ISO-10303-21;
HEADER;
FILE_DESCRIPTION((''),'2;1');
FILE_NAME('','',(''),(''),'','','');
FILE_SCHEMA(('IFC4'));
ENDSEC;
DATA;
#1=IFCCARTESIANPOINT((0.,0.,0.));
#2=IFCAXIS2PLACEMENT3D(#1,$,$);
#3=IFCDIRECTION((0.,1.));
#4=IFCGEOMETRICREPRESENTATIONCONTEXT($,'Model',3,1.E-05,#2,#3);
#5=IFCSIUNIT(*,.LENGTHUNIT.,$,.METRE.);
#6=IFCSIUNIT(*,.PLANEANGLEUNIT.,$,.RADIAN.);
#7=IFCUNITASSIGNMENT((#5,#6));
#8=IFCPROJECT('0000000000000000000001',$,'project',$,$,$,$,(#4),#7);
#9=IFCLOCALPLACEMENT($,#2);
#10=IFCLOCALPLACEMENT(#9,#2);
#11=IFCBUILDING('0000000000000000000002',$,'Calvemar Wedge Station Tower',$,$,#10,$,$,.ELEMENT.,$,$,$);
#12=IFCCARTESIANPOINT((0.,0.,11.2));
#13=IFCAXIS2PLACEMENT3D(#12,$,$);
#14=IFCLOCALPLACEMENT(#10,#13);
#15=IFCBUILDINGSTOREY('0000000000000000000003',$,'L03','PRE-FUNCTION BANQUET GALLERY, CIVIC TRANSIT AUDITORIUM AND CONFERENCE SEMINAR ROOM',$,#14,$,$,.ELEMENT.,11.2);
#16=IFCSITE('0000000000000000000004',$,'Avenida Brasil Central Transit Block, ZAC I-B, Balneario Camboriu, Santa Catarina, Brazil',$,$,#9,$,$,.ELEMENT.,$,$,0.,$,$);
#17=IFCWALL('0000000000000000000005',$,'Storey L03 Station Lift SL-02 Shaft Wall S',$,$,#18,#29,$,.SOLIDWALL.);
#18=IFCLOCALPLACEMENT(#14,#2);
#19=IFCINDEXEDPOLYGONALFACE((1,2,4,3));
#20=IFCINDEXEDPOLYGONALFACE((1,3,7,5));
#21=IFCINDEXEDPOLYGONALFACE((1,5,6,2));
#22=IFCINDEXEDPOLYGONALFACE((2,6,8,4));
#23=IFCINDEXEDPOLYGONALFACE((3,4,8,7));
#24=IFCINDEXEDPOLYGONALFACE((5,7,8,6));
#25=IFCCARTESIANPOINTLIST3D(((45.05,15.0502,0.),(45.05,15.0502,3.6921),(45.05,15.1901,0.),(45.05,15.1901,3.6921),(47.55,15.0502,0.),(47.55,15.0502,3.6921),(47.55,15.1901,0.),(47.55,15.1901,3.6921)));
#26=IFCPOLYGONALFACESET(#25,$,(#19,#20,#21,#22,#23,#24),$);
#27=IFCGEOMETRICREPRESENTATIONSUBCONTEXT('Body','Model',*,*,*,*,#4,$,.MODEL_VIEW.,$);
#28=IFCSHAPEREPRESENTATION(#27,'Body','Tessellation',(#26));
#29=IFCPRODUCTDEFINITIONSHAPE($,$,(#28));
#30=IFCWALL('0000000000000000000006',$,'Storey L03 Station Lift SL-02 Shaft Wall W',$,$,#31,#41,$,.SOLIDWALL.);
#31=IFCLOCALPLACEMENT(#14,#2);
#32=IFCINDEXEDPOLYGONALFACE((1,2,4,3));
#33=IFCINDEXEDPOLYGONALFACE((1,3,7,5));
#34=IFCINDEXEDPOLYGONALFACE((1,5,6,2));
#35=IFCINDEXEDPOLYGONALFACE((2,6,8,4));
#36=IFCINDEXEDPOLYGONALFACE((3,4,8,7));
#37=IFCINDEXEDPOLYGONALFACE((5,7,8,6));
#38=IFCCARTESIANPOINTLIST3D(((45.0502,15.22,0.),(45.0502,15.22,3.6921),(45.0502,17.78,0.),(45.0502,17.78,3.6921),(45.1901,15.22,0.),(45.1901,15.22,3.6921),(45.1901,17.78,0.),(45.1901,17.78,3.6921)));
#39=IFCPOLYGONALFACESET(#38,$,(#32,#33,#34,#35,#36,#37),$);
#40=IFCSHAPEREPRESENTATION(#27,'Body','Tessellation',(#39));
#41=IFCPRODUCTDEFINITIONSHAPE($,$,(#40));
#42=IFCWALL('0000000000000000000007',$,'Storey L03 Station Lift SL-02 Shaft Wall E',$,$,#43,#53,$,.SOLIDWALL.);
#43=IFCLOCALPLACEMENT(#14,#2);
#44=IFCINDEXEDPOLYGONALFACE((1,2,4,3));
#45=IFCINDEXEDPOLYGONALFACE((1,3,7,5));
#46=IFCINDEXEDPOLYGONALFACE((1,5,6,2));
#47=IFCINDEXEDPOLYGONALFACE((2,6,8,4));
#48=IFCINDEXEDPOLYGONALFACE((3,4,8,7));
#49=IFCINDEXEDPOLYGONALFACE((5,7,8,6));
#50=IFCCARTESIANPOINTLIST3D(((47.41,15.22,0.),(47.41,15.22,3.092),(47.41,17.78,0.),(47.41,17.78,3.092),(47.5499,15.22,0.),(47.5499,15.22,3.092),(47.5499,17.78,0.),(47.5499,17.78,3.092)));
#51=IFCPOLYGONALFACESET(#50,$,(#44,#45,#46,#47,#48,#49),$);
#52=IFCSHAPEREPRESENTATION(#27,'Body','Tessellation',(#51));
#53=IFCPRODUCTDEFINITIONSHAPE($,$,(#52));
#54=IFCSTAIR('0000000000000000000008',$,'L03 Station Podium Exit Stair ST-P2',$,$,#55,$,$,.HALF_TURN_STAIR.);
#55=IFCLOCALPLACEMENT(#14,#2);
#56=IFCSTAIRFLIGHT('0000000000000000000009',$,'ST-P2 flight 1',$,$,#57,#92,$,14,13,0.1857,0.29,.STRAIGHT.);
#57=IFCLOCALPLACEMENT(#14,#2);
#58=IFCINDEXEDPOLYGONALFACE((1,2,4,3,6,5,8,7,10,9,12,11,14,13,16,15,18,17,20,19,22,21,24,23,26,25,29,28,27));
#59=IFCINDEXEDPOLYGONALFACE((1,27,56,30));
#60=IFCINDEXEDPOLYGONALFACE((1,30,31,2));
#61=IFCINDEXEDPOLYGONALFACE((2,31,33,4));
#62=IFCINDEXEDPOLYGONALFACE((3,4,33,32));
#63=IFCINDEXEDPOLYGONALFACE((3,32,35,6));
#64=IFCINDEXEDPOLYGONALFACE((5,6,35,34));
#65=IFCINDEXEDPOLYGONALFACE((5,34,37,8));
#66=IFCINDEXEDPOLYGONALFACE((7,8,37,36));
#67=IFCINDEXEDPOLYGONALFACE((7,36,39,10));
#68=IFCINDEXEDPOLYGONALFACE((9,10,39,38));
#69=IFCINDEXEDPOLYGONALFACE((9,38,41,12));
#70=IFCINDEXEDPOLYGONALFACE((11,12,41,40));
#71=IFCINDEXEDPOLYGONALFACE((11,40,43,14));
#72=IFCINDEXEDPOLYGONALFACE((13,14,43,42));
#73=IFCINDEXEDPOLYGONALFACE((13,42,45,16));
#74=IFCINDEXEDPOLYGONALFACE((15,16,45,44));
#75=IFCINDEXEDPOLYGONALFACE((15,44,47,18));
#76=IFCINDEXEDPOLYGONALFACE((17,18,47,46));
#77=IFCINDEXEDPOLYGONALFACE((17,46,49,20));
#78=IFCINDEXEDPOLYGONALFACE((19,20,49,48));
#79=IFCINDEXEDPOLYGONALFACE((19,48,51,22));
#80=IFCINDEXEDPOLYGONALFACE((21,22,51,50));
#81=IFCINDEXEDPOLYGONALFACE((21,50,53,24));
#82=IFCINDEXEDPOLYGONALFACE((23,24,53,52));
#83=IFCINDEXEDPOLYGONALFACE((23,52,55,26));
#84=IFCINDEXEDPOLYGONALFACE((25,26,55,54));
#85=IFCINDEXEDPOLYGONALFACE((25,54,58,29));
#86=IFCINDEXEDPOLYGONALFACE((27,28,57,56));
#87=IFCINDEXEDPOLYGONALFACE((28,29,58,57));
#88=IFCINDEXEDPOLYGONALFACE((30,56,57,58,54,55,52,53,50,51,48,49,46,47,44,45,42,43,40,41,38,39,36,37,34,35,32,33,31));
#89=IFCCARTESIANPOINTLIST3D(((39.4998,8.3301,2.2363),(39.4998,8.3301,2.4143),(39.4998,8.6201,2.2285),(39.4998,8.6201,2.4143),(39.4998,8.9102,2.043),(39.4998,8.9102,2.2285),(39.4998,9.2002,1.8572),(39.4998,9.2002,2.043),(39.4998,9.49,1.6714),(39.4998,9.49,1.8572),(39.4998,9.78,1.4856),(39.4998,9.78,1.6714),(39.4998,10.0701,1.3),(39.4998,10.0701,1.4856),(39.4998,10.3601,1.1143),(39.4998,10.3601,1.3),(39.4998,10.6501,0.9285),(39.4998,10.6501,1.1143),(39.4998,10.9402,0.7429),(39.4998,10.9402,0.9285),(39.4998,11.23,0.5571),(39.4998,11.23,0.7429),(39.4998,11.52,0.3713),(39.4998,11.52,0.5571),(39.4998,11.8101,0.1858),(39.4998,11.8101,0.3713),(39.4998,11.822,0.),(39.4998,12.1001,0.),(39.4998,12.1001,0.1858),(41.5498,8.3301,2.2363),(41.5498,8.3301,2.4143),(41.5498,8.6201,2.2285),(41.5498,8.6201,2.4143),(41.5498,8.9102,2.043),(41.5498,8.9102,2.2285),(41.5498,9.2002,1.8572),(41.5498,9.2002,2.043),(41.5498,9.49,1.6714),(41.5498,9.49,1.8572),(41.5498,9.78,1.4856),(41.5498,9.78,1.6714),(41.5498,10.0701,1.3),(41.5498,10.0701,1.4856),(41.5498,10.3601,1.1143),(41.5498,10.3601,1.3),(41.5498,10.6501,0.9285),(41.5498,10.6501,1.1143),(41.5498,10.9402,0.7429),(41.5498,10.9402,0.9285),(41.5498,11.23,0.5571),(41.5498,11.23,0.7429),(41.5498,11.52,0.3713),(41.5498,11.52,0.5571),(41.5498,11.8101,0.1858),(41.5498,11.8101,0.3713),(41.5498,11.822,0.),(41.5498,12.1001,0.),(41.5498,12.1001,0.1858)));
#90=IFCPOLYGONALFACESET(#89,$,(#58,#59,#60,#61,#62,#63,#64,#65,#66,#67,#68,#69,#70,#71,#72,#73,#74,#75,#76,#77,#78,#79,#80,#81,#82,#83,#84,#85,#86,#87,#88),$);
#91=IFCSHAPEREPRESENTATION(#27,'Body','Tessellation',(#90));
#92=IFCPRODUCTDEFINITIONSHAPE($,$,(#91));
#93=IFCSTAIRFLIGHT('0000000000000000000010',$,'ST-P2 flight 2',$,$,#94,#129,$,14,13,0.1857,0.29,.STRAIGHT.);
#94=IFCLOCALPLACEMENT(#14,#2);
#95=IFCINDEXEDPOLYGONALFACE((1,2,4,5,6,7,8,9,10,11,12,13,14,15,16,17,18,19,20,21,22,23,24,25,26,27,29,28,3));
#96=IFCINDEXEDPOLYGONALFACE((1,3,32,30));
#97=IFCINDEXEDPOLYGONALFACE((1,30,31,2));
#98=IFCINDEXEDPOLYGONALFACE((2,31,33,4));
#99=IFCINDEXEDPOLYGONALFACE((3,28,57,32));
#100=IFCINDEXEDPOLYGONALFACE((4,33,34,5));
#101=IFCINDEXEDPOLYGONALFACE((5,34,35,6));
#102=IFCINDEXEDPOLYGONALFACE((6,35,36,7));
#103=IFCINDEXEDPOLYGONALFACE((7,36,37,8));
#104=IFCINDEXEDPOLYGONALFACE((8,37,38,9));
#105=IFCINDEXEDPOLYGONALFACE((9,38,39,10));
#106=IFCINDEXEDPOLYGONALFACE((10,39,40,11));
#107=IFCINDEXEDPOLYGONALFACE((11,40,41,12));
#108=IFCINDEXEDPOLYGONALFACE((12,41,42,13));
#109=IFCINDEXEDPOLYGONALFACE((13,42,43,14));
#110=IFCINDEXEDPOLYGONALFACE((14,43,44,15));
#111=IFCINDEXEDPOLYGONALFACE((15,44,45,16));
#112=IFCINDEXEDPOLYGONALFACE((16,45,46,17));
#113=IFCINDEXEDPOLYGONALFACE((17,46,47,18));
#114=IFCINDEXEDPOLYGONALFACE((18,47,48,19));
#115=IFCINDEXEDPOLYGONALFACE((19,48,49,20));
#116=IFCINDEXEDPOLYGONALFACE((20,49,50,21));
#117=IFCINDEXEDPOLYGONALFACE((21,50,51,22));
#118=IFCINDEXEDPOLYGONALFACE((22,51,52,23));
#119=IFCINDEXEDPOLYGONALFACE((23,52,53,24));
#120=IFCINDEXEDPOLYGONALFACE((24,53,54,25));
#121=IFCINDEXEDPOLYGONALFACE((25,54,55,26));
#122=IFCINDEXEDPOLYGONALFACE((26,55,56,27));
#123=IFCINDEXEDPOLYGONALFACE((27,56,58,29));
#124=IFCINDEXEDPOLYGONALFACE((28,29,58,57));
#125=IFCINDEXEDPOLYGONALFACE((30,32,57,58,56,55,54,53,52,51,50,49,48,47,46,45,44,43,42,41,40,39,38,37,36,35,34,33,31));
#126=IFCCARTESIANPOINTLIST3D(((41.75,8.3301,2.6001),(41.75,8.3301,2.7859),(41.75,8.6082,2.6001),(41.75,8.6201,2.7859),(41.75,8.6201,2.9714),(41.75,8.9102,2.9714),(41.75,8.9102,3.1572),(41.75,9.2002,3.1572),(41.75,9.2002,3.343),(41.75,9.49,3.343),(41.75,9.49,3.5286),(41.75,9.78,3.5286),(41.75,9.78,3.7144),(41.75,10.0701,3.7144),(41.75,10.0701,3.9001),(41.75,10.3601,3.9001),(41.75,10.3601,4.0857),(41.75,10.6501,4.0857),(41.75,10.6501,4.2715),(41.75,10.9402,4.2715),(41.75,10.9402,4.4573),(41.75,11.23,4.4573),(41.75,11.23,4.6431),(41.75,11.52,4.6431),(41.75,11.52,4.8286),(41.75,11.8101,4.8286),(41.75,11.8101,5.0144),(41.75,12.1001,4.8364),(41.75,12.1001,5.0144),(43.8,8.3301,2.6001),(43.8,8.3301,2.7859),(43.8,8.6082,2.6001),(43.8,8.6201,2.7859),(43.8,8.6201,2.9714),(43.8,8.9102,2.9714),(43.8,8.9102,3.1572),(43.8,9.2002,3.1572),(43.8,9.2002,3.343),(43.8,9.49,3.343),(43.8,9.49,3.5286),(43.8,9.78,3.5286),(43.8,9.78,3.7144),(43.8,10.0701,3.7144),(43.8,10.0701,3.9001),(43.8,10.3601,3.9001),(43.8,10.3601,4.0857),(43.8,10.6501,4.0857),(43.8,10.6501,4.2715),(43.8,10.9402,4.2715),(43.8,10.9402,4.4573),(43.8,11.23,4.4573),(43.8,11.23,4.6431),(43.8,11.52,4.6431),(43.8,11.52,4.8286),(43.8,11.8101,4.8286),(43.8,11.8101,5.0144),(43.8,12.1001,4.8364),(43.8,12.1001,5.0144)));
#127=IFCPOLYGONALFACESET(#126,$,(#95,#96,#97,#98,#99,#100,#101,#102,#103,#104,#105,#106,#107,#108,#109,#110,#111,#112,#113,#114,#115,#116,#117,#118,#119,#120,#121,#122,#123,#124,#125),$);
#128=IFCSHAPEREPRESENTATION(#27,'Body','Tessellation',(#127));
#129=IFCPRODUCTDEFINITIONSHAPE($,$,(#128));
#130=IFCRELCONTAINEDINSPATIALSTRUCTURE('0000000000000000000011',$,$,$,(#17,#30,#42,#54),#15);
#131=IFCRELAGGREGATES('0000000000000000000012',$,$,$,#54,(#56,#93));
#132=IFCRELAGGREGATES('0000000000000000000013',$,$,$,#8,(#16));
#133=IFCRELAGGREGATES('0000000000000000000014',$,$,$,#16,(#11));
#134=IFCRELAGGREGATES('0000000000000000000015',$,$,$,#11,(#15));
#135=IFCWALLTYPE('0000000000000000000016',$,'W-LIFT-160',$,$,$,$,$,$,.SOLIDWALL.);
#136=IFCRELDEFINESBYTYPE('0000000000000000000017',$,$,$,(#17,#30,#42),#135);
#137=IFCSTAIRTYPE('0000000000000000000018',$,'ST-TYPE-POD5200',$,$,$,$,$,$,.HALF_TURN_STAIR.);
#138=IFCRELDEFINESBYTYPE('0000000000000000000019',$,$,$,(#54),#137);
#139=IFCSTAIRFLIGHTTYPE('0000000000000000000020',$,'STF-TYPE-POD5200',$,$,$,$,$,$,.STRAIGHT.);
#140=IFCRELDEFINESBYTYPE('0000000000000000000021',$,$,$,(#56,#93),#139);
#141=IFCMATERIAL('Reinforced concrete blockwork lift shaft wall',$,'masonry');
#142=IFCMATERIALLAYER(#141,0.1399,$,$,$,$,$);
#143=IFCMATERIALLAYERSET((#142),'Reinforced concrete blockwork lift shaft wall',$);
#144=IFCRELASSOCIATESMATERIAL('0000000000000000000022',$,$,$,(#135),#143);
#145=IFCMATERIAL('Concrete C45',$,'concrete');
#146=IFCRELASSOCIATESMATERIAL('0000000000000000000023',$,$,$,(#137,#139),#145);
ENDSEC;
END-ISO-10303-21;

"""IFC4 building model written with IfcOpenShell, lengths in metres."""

from ifc_helpers import new_model, si_unit, direction, frame, frame_2d, origin, place, context, subcontext, project, spatial, polyline, rectangle, outline, extrude, material, layer, layer_set, type_object, element, aggregate, save


model = new_model("IFC4")

# Units and contexts
model_context = context("Model", 3, precision=1e-05, world=origin(), true_north=direction((0.0, 1.0)))
body_context = subcontext(model_context, "Body", "Model", "MODEL_VIEW")
ifc_project = project(units=[si_unit("LENGTHUNIT", "METRE"), si_unit("PLANEANGLEUNIT", "RADIAN")], contexts=[model_context])

# Site, building, storey
site_placement = place(None, origin())
site = spatial("IfcSite", under=ifc_project, at=site_placement, Name="Avenida Brasil Central Transit Block, ZAC I-B, Balneario Camboriu, Santa Catarina, Brazil", CompositionType="ELEMENT", RefElevation=0.0)
building_placement = place(site_placement, origin())
building = spatial("IfcBuilding", under=site, at=building_placement, Name="Calvemar Wedge Station Tower", CompositionType="ELEMENT")
storey_placement = place(building_placement, frame((0.0, 0.0, 11.2)))
storey = spatial("IfcBuildingStorey", under=building, at=storey_placement, Name="L03", Description="PRE-FUNCTION BANQUET GALLERY, CIVIC TRANSIT AUDITORIUM AND CONFERENCE SEMINAR ROOM", CompositionType="ELEMENT", Elevation=11.2)

# Shared definitions
ifc_material_1 = material(Name="Reinforced concrete blockwork lift shaft wall", Category="masonry")
ifc_layer_1 = layer(ifc_material_1, 0.1399)
ifc_layer_set_1 = layer_set([ifc_layer_1], Name="Reinforced concrete blockwork lift shaft wall")
wall_type_1 = type_object("IfcWallType", Name="W-LIFT-160", PredefinedType="SOLIDWALL", material=ifc_layer_set_1)

# Walls
wall_1_placement = place(storey_placement, frame((45.05, 15.1201, 0.0), z_axis=(0.0, 0.0, 1.0), x_axis=(1.0, 0.0, 0.0)))
element("IfcWall", 1, at=wall_1_placement, inside=storey, type_object=wall_type_1, Name="Storey L03 Station Lift SL-02 Shaft Wall S", PredefinedType="SOLIDWALL", context=body_context, shape_type="SweptSolid", body=[
    extrude(rectangle(XDim=2.5, YDim=0.1399, at=frame_2d((1.25, 0.0))), origin(), (0.0, 0.0, 1.0), 3.6921),
])
wall_2_placement = place(storey_placement, frame((45.1201, 15.22, 0.0), z_axis=(0.0, 0.0, 1.0), x_axis=(0.0, 1.0, 0.0)))
element("IfcWall", 2, at=wall_2_placement, inside=storey, type_object=wall_type_1, Name="Storey L03 Station Lift SL-02 Shaft Wall W", PredefinedType="SOLIDWALL", context=body_context, shape_type="SweptSolid", body=[
    extrude(rectangle(XDim=2.5601, YDim=0.1399, at=frame_2d((1.28, 0.0))), origin(), (0.0, 0.0, 1.0), 3.6921),
])
wall_3_placement = place(storey_placement, frame((47.48, 15.22, 0.0), z_axis=(0.0, 0.0, 1.0), x_axis=(0.0, 1.0, 0.0)))
element("IfcWall", 3, at=wall_3_placement, inside=storey, type_object=wall_type_1, Name="Storey L03 Station Lift SL-02 Shaft Wall E", PredefinedType="SOLIDWALL", context=body_context, shape_type="SweptSolid", body=[
    extrude(rectangle(XDim=2.5601, YDim=0.1399, at=frame_2d((1.28, 0.0))), origin(), (0.0, 0.0, 1.0), 3.092),
])

# Stair, stair flights
ifc_material_2 = material(Name="Concrete C45", Category="concrete")
stair_type = type_object("IfcStairType", Name="ST-TYPE-POD5200", PredefinedType="HALF_TURN_STAIR", material=ifc_material_2)
stair_placement = place(storey_placement, origin())
stair = element("IfcStair", 4, at=stair_placement, inside=storey, type_object=stair_type, Name="L03 Station Podium Exit Stair ST-P2", PredefinedType="HALF_TURN_STAIR")
stair_flight_type = type_object("IfcStairFlightType", Name="STF-TYPE-POD5200", PredefinedType="STRAIGHT", material=ifc_material_2)
stair_flight_1_placement = place(storey_placement, frame((40.5249, 12.1001, 0.0), z_axis=(0.0, 0.0, 1.0), x_axis=(0.0, -1.0, 0.0)))
stair_flight_1 = element("IfcStairFlight", 5, at=stair_flight_1_placement, type_object=stair_flight_type, Name="ST-P2 flight 1", NumberOfRisers=14, NumberOfTreads=13, PredefinedType="STRAIGHT", RiserHeight=0.1857, TreadLength=0.29, context=body_context, shape_type="SweptSolid", body=[
    extrude(outline(polyline([(0.0, 0.0), (0.0, 0.1858), (0.29, 0.1858), (0.29, 0.3713), (0.5801, 0.3713), (0.5801, 0.5571), (0.8701, 0.5571), (0.8701, 0.7429), (1.1599, 0.7429), (1.1599, 0.9285), (1.45, 0.9285), (1.45, 1.1143), (1.74, 1.1143), (1.74, 1.3), (2.03, 1.3), (2.03, 1.4856), (2.3201, 1.4856), (2.3201, 1.6714), (2.6101, 1.6714), (2.6101, 1.8572), (2.8999, 1.8572), (2.8999, 2.043), (3.1899, 2.043), (3.1899, 2.2285), (3.48, 2.2285), (3.48, 2.4143), (3.77, 2.4143), (3.77, 2.6001), (3.77, 2.2363), (0.2781, 0.0), (0.0, 0.0)])), frame((0.0, 1.0249, 0.0), z_axis=(0.0, -1.0, 0.0), x_axis=(1.0, 0.0, 0.0)), (0.0, 0.0, 1.0), 2.05),
])
stair_flight_2_placement = place(storey_placement, frame((42.7749, 8.3301, 2.6001), z_axis=(0.0, 0.0, 1.0), x_axis=(0.0, 1.0, 0.0)))
stair_flight_2 = element("IfcStairFlight", 6, at=stair_flight_2_placement, type_object=stair_flight_type, Name="ST-P2 flight 2", NumberOfRisers=14, NumberOfTreads=13, PredefinedType="STRAIGHT", RiserHeight=0.1857, TreadLength=0.29, context=body_context, shape_type="SweptSolid", body=[
    extrude(outline(polyline([(0.0, 0.0), (0.0, 0.1858), (0.29, 0.1858), (0.29, 0.3713), (0.5801, 0.3713), (0.5801, 0.5571), (0.8701, 0.5571), (0.8701, 0.7429), (1.1599, 0.7429), (1.1599, 0.9285), (1.45, 0.9285), (1.45, 1.1143), (1.74, 1.1143), (1.74, 1.3), (2.03, 1.3), (2.03, 1.4856), (2.3201, 1.4856), (2.3201, 1.6714), (2.6101, 1.6714), (2.6101, 1.8572), (2.8999, 1.8572), (2.8999, 2.043), (3.1899, 2.043), (3.1899, 2.2285), (3.48, 2.2285), (3.48, 2.4143), (3.77, 2.4143), (3.77, 2.6001), (3.77, 2.2363), (0.2781, 0.0), (0.0, 0.0)])), frame((0.0, 1.0249, 0.0), z_axis=(0.0, -1.0, 0.0), x_axis=(1.0, 0.0, 0.0)), (0.0, 0.0, 1.0), 2.05),
])
aggregate(stair, [stair_flight_1, stair_flight_2])

save(model, "model.ifc")
